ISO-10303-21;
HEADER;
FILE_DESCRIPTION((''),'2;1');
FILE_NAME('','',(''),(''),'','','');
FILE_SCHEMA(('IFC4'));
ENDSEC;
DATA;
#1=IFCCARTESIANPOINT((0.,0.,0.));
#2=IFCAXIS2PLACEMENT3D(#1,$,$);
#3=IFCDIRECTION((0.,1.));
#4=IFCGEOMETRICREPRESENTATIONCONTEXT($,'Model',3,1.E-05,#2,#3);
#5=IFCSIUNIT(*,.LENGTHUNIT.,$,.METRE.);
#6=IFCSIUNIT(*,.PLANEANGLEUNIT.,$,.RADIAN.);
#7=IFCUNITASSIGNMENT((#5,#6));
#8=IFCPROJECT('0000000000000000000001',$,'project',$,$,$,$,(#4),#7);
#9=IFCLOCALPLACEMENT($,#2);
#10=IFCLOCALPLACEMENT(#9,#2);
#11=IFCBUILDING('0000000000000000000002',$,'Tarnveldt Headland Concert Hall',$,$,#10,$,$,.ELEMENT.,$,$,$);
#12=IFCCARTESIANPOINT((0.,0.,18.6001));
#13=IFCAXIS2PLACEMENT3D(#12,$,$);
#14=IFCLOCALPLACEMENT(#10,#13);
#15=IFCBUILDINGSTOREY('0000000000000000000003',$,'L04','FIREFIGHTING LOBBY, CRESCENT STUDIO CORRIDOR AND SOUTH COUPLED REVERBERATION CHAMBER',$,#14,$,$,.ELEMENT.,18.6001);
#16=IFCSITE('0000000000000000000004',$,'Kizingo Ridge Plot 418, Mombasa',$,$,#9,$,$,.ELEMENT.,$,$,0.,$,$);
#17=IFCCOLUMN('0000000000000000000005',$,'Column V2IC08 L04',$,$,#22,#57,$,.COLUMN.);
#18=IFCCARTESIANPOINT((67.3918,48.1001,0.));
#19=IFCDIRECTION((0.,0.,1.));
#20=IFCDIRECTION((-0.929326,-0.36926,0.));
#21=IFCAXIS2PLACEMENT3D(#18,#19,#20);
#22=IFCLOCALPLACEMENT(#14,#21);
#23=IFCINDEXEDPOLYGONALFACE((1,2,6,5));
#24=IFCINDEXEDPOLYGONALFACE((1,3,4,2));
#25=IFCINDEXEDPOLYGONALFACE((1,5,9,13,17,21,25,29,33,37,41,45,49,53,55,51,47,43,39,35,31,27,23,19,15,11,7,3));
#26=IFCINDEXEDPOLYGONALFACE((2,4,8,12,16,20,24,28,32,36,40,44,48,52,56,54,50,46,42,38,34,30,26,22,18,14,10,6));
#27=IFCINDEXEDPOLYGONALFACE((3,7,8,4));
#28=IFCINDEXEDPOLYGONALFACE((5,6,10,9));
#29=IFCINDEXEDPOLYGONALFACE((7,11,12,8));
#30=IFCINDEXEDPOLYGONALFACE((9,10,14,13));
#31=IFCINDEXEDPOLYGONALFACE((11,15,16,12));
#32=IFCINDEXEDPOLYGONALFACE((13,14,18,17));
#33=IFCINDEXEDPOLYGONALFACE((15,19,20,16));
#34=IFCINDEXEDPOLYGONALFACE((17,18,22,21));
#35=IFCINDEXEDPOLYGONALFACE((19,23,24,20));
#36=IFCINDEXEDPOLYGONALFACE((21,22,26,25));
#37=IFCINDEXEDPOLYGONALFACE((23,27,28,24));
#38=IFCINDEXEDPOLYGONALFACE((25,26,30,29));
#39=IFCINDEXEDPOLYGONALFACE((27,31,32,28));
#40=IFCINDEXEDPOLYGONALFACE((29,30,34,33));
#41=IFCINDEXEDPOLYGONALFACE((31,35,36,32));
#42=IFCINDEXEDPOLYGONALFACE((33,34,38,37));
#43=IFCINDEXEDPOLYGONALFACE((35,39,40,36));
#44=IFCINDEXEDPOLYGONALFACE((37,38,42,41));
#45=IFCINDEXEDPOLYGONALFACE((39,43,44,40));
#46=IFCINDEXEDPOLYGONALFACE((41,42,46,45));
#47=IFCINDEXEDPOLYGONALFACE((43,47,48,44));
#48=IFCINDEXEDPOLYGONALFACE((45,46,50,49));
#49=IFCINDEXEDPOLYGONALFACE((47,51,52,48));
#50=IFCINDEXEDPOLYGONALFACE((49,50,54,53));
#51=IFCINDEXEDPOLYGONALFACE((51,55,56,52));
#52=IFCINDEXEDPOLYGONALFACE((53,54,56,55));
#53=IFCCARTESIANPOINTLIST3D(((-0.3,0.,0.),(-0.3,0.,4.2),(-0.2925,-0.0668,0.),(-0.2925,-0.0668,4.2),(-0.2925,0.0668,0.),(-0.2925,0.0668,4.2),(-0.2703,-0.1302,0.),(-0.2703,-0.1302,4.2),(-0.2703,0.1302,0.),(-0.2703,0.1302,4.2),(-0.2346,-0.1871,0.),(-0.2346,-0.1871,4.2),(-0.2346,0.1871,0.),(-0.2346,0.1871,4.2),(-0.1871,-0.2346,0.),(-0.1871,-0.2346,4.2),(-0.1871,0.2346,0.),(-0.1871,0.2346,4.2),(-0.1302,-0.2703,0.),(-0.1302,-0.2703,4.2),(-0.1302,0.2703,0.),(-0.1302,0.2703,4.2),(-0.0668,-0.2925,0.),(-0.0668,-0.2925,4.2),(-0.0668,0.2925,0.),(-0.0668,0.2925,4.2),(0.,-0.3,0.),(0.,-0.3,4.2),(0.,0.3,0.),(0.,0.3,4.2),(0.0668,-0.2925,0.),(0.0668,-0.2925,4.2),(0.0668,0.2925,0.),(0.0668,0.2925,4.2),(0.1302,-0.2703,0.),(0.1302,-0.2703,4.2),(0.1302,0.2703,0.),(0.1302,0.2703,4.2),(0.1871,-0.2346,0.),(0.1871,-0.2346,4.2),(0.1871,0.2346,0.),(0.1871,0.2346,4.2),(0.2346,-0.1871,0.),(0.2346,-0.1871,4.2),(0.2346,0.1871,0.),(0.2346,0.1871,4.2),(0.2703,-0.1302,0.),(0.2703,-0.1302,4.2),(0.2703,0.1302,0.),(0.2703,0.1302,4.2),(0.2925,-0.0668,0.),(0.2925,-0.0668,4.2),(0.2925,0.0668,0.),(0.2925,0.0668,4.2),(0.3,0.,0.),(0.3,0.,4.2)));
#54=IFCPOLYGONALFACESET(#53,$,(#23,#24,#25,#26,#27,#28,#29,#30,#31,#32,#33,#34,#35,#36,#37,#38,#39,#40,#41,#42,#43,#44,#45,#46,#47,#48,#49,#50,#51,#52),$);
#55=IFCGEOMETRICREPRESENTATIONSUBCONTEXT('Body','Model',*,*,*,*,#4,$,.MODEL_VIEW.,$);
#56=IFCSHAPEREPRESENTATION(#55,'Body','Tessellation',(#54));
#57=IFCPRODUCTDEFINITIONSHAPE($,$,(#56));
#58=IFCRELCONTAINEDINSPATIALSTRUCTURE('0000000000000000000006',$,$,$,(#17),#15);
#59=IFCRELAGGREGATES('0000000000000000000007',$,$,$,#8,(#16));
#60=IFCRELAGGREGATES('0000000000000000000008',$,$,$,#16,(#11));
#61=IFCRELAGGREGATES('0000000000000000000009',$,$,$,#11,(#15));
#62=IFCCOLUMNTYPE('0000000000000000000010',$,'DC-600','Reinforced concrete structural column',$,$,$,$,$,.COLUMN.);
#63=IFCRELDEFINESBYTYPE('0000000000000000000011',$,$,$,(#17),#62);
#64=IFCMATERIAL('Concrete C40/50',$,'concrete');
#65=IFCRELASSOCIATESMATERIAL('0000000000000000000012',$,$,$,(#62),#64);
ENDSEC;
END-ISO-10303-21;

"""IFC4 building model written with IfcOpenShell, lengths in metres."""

from ifc_helpers import new_model, si_unit, direction, frame, origin, origin_2d, place, context, subcontext, project, spatial, circle, extrude, material, material_profile, profile_set, type_object, element, save


model = new_model("IFC4")

# Units and contexts
model_context = context("Model", 3, precision=1e-05, world=origin(), true_north=direction((0.0, 1.0)))
body_context = subcontext(model_context, "Body", "Model", "MODEL_VIEW")
ifc_project = project(units=[si_unit("LENGTHUNIT", "METRE"), si_unit("PLANEANGLEUNIT", "RADIAN")], contexts=[model_context])

# Site, building, storey
site_placement = place(None, origin())
site = spatial("IfcSite", under=ifc_project, at=site_placement, Name="Kizingo Ridge Plot 418, Mombasa", CompositionType="ELEMENT", RefElevation=0.0)
building_placement = place(site_placement, origin())
building = spatial("IfcBuilding", under=site, at=building_placement, Name="Tarnveldt Headland Concert Hall", CompositionType="ELEMENT")
storey_placement = place(building_placement, frame((0.0, 0.0, 18.6001)))
storey = spatial("IfcBuildingStorey", under=building, at=storey_placement, Name="L04", Description="FIREFIGHTING LOBBY, CRESCENT STUDIO CORRIDOR AND SOUTH COUPLED REVERBERATION CHAMBER", CompositionType="ELEMENT", Elevation=18.6001)

# Column
ifc_material_1 = material(Name="Concrete C40/50", Category="concrete")
ifc_material_profile_1 = material_profile(ifc_material_1, circle(Radius=0.3, at=origin_2d()), Name="RC D600", Category="concrete")
ifc_profile_set_1 = profile_set([ifc_material_profile_1], Name="Concrete C40/50")
column_type = type_object("IfcColumnType", Name="DC-600", Description="Reinforced concrete structural column", PredefinedType="COLUMN", material=ifc_profile_set_1)
column_placement = place(storey_placement, frame((67.3918, 48.1001, 0.0), z_axis=(0.0, 0.0, 1.0), x_axis=(-0.929326, -0.36926, 0.0)))
element("IfcColumn", 1, at=column_placement, inside=storey, type_object=column_type, Name="Column V2IC08 L04", PredefinedType="COLUMN", context=body_context, shape_type="SweptSolid", body=[
    extrude(circle(Radius=0.3, at=origin_2d()), origin(), (0.0, 0.0, 1.0), 4.2),
])

save(model, "model.ifc")
